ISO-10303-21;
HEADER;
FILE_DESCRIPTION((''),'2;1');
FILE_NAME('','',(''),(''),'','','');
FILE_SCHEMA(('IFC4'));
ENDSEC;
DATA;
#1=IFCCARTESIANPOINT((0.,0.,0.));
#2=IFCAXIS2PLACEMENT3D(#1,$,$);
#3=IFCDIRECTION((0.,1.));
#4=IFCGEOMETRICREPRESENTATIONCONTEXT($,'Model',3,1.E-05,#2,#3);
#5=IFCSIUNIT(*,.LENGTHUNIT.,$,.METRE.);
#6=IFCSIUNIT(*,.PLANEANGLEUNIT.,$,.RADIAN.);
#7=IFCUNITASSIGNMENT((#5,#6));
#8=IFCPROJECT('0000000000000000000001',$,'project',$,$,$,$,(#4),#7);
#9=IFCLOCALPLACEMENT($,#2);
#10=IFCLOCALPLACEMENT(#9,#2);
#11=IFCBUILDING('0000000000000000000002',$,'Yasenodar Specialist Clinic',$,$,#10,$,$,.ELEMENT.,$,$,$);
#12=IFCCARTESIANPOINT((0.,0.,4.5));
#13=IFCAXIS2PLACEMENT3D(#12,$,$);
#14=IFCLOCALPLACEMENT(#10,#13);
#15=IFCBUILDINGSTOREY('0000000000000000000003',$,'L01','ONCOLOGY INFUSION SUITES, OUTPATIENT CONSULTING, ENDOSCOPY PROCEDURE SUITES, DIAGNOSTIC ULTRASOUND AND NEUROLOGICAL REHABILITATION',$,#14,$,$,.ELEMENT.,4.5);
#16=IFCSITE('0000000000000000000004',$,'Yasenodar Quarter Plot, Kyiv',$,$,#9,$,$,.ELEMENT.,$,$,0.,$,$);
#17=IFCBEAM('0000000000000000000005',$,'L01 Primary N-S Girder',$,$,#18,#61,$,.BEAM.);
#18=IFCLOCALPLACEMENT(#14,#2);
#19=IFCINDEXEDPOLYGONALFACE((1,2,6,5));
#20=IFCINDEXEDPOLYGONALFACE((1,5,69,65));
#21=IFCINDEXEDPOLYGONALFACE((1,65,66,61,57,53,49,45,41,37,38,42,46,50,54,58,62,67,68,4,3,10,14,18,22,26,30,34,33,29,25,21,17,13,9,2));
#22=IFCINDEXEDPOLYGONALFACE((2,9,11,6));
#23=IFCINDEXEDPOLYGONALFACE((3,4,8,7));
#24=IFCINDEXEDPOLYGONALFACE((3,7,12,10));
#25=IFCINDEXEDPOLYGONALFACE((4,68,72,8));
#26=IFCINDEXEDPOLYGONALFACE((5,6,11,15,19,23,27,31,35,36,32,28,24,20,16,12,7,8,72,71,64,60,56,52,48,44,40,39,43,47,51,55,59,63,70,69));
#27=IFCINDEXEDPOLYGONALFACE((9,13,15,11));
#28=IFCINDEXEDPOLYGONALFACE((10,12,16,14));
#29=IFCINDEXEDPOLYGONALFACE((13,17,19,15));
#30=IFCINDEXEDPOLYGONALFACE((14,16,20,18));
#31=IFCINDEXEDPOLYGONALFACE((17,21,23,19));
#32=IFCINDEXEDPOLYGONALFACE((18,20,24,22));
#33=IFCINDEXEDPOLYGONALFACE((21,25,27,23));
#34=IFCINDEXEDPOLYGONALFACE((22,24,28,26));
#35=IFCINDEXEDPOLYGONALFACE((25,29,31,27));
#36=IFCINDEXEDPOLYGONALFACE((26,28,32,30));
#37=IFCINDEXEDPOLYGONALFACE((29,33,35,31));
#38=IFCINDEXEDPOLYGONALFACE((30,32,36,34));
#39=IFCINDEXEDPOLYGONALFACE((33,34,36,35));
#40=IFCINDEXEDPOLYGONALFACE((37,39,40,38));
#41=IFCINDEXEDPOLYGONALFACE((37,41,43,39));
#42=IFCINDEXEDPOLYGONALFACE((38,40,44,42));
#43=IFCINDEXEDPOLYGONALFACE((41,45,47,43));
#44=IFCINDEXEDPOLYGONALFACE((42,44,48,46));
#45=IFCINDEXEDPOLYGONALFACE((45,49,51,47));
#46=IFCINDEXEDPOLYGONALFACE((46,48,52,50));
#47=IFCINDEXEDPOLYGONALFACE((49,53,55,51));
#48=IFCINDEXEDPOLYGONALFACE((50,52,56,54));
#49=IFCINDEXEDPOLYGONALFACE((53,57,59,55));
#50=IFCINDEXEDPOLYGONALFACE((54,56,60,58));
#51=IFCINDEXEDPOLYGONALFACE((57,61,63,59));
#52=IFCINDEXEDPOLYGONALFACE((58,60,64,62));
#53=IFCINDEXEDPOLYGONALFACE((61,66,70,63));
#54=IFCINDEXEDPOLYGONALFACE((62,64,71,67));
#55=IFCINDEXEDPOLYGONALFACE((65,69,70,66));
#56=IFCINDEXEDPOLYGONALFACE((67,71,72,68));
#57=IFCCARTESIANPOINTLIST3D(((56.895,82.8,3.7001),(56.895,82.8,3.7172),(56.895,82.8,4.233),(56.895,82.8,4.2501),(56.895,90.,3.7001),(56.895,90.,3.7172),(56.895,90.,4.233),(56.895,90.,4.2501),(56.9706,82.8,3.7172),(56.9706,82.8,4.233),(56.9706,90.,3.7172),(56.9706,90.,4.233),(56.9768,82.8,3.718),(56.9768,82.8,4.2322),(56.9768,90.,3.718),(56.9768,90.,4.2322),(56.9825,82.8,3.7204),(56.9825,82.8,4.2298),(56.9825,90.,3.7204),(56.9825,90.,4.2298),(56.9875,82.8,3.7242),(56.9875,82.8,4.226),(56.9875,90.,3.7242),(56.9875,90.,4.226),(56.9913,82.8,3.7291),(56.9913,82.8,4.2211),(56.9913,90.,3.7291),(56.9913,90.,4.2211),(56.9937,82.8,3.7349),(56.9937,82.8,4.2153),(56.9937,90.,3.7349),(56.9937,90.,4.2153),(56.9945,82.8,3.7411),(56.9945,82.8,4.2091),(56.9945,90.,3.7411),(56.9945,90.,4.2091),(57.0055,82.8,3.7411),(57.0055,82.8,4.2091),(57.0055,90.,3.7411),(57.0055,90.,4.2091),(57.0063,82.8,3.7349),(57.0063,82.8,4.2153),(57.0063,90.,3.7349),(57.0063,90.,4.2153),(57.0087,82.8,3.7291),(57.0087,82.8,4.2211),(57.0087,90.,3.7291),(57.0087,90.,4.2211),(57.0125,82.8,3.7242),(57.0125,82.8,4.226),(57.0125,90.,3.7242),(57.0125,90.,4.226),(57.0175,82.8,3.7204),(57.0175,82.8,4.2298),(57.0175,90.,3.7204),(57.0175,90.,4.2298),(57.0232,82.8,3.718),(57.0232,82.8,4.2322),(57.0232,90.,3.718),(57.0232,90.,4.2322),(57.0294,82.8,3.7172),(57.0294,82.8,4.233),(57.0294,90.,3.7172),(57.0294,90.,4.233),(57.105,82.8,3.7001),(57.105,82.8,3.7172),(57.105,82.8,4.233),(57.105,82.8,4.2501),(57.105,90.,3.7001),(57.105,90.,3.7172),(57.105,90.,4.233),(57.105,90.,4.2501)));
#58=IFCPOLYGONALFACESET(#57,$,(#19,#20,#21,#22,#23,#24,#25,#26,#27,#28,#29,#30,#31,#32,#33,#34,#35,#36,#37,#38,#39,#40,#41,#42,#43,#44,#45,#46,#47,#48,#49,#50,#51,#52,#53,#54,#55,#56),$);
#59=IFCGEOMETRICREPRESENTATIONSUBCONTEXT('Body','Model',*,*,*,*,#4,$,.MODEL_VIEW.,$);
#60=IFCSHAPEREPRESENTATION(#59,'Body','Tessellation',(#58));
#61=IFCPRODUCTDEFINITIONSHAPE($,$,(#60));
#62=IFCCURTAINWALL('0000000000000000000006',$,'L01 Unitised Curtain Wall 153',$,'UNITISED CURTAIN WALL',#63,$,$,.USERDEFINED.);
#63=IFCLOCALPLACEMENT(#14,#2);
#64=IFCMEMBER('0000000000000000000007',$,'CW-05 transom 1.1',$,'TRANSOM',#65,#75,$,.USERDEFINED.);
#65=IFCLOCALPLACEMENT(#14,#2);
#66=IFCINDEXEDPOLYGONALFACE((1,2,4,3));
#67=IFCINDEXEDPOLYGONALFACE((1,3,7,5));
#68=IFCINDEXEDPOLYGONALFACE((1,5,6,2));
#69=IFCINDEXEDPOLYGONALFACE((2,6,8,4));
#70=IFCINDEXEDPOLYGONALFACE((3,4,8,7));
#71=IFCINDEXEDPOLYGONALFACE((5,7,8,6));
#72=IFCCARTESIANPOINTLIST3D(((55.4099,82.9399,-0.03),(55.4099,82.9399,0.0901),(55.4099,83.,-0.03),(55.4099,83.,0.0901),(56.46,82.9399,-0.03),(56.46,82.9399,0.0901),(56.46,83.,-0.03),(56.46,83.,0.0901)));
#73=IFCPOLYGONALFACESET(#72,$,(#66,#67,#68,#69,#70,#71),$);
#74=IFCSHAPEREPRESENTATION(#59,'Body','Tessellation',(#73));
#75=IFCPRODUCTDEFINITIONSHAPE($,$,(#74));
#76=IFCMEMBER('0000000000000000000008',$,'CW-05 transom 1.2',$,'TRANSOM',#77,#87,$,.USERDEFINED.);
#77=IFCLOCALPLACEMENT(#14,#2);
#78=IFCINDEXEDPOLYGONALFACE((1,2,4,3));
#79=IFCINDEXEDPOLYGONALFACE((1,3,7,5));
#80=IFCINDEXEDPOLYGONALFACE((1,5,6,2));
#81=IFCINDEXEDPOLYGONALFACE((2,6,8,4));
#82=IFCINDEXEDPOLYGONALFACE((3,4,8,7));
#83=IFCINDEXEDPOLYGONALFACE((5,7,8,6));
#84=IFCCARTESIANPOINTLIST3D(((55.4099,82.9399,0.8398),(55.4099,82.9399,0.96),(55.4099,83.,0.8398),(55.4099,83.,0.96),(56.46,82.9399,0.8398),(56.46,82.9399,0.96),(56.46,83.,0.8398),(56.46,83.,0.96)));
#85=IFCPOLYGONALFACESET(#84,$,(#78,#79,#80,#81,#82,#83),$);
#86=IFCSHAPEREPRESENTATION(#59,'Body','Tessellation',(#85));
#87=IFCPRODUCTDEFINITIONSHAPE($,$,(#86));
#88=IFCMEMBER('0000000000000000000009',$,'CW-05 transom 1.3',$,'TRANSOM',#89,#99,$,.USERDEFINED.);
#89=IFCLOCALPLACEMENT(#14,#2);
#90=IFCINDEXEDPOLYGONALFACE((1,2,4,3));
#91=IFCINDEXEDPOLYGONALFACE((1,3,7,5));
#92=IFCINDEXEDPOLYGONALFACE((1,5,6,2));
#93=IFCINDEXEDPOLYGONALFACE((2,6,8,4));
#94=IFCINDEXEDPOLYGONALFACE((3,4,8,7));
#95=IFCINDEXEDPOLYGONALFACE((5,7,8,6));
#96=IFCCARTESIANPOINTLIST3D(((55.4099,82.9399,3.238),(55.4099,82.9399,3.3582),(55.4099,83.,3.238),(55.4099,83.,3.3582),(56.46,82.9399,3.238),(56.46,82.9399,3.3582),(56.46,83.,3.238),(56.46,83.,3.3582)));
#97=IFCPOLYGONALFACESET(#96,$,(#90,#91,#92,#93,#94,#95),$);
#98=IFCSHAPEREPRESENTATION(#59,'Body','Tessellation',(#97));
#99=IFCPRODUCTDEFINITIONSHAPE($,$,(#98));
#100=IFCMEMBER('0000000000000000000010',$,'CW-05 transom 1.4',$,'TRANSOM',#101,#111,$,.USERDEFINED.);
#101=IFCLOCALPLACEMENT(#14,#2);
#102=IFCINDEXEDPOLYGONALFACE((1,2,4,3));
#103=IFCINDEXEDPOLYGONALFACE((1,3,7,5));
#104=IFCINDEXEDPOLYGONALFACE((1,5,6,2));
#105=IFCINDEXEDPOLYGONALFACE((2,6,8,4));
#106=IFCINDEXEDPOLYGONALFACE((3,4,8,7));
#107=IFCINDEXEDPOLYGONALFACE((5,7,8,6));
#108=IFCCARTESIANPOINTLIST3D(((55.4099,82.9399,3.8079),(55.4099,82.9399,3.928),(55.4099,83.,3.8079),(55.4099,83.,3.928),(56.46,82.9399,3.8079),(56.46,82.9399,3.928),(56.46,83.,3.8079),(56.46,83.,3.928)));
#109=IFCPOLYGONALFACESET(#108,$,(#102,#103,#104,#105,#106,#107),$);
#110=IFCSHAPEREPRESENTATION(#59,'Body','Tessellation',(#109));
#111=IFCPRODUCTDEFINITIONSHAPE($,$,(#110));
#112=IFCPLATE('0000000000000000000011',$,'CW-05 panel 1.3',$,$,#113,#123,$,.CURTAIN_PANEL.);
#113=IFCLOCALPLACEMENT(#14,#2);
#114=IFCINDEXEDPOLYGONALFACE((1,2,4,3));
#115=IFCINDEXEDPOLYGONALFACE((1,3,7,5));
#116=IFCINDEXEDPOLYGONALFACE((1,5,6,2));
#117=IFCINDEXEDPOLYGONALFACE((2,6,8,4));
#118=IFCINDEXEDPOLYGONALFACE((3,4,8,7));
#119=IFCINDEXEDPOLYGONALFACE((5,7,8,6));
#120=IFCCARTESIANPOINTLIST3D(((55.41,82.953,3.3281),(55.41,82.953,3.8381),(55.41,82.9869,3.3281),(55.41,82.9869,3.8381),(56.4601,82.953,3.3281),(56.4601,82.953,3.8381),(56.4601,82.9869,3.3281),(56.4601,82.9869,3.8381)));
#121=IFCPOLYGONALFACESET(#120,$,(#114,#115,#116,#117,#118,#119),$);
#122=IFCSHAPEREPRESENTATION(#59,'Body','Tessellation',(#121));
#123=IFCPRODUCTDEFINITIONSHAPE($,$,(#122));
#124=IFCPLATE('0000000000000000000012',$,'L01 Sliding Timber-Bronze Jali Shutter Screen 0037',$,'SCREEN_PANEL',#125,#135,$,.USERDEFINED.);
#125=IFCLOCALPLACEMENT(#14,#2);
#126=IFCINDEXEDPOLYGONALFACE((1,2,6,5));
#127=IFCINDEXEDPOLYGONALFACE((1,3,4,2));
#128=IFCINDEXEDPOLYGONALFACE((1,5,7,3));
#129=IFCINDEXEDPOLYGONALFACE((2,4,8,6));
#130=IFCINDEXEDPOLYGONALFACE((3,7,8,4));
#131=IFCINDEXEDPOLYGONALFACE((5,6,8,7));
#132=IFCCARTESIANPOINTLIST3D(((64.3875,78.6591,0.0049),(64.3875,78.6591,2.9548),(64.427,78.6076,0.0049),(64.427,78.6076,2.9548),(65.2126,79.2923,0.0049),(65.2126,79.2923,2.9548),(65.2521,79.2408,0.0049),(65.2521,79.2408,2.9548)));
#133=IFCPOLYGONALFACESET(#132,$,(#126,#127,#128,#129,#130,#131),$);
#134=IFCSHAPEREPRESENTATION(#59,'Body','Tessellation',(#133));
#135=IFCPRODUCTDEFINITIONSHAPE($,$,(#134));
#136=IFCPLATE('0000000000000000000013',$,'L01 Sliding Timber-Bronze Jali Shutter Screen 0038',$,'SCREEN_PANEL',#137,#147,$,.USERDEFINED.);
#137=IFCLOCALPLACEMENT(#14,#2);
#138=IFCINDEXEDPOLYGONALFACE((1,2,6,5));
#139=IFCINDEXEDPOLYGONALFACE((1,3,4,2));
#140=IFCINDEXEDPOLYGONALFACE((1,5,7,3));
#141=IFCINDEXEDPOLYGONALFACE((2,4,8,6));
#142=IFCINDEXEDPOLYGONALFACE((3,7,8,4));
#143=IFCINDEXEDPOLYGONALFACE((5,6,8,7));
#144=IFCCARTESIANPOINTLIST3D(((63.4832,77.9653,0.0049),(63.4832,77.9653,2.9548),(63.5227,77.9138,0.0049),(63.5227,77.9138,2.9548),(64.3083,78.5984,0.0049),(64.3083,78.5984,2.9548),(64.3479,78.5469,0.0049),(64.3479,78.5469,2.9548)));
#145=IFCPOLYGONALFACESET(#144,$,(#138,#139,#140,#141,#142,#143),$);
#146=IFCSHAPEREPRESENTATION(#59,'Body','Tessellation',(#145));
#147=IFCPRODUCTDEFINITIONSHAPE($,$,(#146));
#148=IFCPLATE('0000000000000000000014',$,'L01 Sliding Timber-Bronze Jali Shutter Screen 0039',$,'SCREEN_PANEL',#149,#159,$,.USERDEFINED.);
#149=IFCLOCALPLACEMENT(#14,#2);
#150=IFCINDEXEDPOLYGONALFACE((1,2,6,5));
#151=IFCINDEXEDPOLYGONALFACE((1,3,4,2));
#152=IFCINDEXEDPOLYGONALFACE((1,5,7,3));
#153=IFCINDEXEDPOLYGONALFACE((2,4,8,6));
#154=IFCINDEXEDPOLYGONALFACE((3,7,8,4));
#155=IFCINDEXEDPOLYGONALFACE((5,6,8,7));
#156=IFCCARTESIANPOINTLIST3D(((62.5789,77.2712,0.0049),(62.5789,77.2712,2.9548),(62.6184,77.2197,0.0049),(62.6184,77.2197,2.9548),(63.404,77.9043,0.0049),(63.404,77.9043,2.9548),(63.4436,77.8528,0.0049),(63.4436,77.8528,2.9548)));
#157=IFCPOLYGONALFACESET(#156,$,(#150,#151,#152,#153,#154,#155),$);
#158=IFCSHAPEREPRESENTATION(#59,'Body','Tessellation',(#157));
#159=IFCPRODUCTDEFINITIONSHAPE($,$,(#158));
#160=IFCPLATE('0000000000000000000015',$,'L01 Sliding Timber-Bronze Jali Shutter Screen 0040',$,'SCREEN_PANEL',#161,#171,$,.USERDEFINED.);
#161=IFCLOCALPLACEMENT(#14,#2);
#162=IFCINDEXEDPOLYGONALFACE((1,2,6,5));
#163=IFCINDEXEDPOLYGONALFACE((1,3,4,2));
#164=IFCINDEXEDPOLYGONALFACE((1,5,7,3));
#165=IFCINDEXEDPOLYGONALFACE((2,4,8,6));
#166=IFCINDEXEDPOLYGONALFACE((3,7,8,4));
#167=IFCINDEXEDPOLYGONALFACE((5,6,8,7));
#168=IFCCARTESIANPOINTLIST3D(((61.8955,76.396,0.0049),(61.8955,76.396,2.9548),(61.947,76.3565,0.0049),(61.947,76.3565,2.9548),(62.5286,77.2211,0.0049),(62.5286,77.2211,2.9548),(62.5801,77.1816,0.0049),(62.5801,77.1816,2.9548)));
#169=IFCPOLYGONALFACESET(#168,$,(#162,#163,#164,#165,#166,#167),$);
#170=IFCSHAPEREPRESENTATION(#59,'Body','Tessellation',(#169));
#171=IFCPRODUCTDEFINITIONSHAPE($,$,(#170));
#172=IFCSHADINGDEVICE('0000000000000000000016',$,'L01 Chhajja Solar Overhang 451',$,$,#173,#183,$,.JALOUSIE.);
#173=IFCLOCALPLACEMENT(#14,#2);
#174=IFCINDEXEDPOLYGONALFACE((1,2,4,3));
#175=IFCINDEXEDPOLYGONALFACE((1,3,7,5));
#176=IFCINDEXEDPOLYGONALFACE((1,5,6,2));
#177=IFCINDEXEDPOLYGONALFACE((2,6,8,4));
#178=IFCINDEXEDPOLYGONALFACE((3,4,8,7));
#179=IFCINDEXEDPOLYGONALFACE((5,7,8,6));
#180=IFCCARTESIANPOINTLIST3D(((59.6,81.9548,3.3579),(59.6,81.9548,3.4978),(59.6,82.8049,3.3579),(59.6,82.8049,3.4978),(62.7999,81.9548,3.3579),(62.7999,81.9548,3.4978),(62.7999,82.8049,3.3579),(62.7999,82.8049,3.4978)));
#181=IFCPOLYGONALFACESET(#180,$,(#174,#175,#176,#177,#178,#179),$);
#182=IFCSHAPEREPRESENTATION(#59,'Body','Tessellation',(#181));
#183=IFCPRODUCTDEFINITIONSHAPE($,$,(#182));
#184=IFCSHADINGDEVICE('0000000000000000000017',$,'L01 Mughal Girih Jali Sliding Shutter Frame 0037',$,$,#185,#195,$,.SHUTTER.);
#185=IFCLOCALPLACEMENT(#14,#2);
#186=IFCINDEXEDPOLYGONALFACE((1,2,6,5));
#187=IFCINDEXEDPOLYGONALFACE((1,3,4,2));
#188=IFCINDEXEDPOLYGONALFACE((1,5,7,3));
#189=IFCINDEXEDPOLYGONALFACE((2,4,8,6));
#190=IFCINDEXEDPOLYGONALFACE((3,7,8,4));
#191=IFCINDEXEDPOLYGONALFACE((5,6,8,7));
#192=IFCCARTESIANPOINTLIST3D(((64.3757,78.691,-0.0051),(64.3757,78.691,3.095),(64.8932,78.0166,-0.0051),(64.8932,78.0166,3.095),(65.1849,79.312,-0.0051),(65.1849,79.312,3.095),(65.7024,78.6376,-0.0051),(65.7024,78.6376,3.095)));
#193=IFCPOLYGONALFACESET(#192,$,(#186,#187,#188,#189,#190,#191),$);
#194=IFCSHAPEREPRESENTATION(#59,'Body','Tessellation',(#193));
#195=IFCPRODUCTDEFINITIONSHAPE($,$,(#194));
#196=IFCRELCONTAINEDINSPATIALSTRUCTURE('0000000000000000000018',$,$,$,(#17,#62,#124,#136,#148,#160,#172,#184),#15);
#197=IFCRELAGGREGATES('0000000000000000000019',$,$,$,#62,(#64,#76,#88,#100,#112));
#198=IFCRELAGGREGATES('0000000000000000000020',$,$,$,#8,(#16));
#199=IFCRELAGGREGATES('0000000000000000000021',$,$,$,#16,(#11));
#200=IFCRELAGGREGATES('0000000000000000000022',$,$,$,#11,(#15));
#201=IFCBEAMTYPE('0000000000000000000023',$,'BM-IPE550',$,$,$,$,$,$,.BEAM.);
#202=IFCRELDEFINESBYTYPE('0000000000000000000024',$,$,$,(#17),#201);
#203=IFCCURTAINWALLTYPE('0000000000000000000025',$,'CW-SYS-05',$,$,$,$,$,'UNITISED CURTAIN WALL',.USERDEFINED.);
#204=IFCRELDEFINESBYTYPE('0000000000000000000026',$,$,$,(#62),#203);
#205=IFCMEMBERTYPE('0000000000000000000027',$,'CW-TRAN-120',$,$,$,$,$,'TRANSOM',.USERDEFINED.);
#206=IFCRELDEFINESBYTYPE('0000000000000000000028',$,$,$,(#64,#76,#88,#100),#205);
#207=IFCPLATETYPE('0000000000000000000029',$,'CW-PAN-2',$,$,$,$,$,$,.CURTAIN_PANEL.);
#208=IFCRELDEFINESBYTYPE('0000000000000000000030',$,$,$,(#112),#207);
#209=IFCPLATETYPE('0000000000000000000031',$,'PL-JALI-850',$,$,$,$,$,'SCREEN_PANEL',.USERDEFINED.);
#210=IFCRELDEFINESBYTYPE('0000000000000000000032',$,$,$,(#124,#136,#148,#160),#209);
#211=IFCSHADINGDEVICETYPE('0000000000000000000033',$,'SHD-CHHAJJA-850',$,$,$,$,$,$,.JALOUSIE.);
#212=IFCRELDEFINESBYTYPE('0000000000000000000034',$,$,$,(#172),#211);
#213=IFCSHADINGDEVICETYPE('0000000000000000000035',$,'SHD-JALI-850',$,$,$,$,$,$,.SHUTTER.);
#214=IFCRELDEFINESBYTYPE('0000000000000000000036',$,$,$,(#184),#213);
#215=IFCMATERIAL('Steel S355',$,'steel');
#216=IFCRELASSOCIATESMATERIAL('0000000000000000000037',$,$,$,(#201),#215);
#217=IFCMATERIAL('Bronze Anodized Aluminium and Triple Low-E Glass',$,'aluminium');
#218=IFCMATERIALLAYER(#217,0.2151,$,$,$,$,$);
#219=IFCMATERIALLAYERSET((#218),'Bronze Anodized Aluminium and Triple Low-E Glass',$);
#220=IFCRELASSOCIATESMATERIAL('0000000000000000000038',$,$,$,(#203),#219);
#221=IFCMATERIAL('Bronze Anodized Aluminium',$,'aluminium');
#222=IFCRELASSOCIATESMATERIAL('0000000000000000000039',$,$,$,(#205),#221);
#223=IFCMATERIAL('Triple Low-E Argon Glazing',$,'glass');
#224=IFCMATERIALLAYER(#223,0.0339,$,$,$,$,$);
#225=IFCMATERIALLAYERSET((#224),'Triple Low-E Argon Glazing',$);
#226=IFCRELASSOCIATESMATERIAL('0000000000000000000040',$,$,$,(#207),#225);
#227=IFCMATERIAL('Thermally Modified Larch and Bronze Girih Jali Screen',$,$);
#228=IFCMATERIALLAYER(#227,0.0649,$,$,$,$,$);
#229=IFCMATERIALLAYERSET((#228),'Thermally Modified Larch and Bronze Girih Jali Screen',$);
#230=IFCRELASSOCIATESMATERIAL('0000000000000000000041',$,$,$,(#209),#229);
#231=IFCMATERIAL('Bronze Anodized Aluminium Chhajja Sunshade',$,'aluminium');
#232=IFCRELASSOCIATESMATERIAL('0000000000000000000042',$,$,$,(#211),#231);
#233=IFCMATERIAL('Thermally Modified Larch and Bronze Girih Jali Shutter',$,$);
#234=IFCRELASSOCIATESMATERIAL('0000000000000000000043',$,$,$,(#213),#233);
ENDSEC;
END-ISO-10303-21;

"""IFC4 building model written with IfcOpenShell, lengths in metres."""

from ifc_helpers import new_model, si_unit, direction, frame, origin, origin_2d, place, context, subcontext, project, spatial, rectangle, i_section, extrude, material, layer, layer_set, material_profile, profile_set, type_object, element, aggregate, save


model = new_model("IFC4")

# Units and contexts
model_context = context("Model", 3, precision=1e-05, world=origin(), true_north=direction((0.0, 1.0)))
body_context = subcontext(model_context, "Body", "Model", "MODEL_VIEW")
ifc_project = project(units=[si_unit("LENGTHUNIT", "METRE"), si_unit("PLANEANGLEUNIT", "RADIAN")], contexts=[model_context])

# Site, building, storey
site_placement = place(None, origin())
site = spatial("IfcSite", under=ifc_project, at=site_placement, Name="Yasenodar Quarter Plot, Kyiv", CompositionType="ELEMENT", RefElevation=0.0)
building_placement = place(site_placement, origin())
building = spatial("IfcBuilding", under=site, at=building_placement, Name="Yasenodar Specialist Clinic", CompositionType="ELEMENT")
storey_placement = place(building_placement, frame((0.0, 0.0, 4.5)))
storey = spatial("IfcBuildingStorey", under=building, at=storey_placement, Name="L01", Description="ONCOLOGY INFUSION SUITES, OUTPATIENT CONSULTING, ENDOSCOPY PROCEDURE SUITES, DIAGNOSTIC ULTRASOUND AND NEUROLOGICAL REHABILITATION", CompositionType="ELEMENT", Elevation=4.5)

# Shared definitions
ifc_material_1 = material(Name="Steel S355", Category="steel")

# Beam
ifc_material_profile_1 = material_profile(ifc_material_1, i_section(OverallWidth=0.21, OverallDepth=0.55, WebThickness=0.011, FlangeThickness=0.0171, FilletRadius=0.0239, at=origin_2d()), Name="IPE 550")
ifc_profile_set_1 = profile_set([ifc_material_profile_1], Name="Steel S355")
beam_type_1 = type_object("IfcBeamType", Name="BM-IPE550", PredefinedType="BEAM", material=ifc_profile_set_1)
beam_1_placement = place(storey_placement, frame((57.0, 82.8, 3.9751), z_axis=(0.0, 1.0, 0.0), x_axis=(-1.0, 0.0, 0.0)))
element("IfcBeam", 1, at=beam_1_placement, inside=storey, type_object=beam_type_1, Name="L01 Primary N-S Girder", PredefinedType="BEAM", context=body_context, shape_type="SweptSolid", body=[
    extrude(i_section(OverallWidth=0.21, OverallDepth=0.55, WebThickness=0.011, FlangeThickness=0.0171, FilletRadius=0.0239, at=origin_2d()), origin(), (0.0, 0.0, 1.0), 7.2),
])

# Curtain wall, members, plate
ifc_material_2 = material(Name="Bronze Anodized Aluminium and Triple Low-E Glass", Category="aluminium")
ifc_layer_1 = layer(ifc_material_2, 0.2151)
ifc_layer_set_1 = layer_set([ifc_layer_1], Name="Bronze Anodized Aluminium and Triple Low-E Glass")
curtain_wall_type = type_object("IfcCurtainWallType", Name="CW-SYS-05", ElementType="UNITISED CURTAIN WALL", PredefinedType="USERDEFINED", material=ifc_layer_set_1)
curtain_wall_placement = place(storey_placement, origin())
curtain_wall = element("IfcCurtainWall", 2, at=curtain_wall_placement, inside=storey, type_object=curtain_wall_type, Name="L01 Unitised Curtain Wall 153", ObjectType="UNITISED CURTAIN WALL", PredefinedType="USERDEFINED")
ifc_material_3 = material(Name="Bronze Anodized Aluminium", Category="aluminium")
ifc_material_profile_2 = material_profile(ifc_material_3, rectangle(XDim=0.0601, YDim=0.1201, at=origin_2d()), Name="CW-TRAN 60x120")
ifc_profile_set_2 = profile_set([ifc_material_profile_2], Name="Bronze Anodized Aluminium")
member_type = type_object("IfcMemberType", Name="CW-TRAN-120", ElementType="TRANSOM", PredefinedType="USERDEFINED", material=ifc_profile_set_2)
member_1_placement = place(storey_placement, frame((56.46, 82.97, 0.03), z_axis=(-1.0, 0.0, 0.0), x_axis=(0.0, -1.0, 0.0)))
member_1 = element("IfcMember", 3, at=member_1_placement, type_object=member_type, Name="CW-05 transom 1.1", ObjectType="TRANSOM", PredefinedType="USERDEFINED", context=body_context, shape_type="SweptSolid", body=[
    extrude(rectangle(XDim=0.0601, YDim=0.1201, at=origin_2d()), origin(), (0.0, 0.0, 1.0), 1.05),
])
member_2_placement = place(storey_placement, frame((56.46, 82.97, 0.8999), z_axis=(-1.0, 0.0, 0.0), x_axis=(0.0, -1.0, 0.0)))
member_2 = element("IfcMember", 4, at=member_2_placement, type_object=member_type, Name="CW-05 transom 1.2", ObjectType="TRANSOM", PredefinedType="USERDEFINED", context=body_context, shape_type="SweptSolid", body=[
    extrude(rectangle(XDim=0.0601, YDim=0.1201, at=origin_2d()), origin(), (0.0, 0.0, 1.0), 1.05),
])
member_3_placement = place(storey_placement, frame((56.46, 82.97, 3.2981), z_axis=(-1.0, 0.0, 0.0), x_axis=(0.0, -1.0, 0.0)))
member_3 = element("IfcMember", 5, at=member_3_placement, type_object=member_type, Name="CW-05 transom 1.3", ObjectType="TRANSOM", PredefinedType="USERDEFINED", context=body_context, shape_type="SweptSolid", body=[
    extrude(rectangle(XDim=0.0601, YDim=0.1201, at=origin_2d()), origin(), (0.0, 0.0, 1.0), 1.05),
])
member_4_placement = place(storey_placement, frame((56.46, 82.97, 3.8679), z_axis=(-1.0, 0.0, 0.0), x_axis=(0.0, -1.0, 0.0)))
member_4 = element("IfcMember", 6, at=member_4_placement, type_object=member_type, Name="CW-05 transom 1.4", ObjectType="TRANSOM", PredefinedType="USERDEFINED", context=body_context, shape_type="SweptSolid", body=[
    extrude(rectangle(XDim=0.0601, YDim=0.1201, at=origin_2d()), origin(), (0.0, 0.0, 1.0), 1.05),
])
ifc_material_4 = material(Name="Triple Low-E Argon Glazing", Category="glass")
ifc_layer_2 = layer(ifc_material_4, 0.0339)
ifc_layer_set_2 = layer_set([ifc_layer_2], Name="Triple Low-E Argon Glazing")
plate_type_1 = type_object("IfcPlateType", Name="CW-PAN-2", PredefinedType="CURTAIN_PANEL", material=ifc_layer_set_2)
plate_placement = place(storey_placement, frame((55.9351, 82.97, 3.3281), z_axis=(0.0, 0.0, 1.0), x_axis=(-1.0, 0.0, 0.0)))
plate = element("IfcPlate", 7, at=plate_placement, type_object=plate_type_1, Name="CW-05 panel 1.3", PredefinedType="CURTAIN_PANEL", context=body_context, shape_type="SweptSolid", body=[
    extrude(rectangle(XDim=1.05, YDim=0.0339, at=origin_2d()), origin(), (0.0, 0.0, 1.0), 0.51),
])
aggregate(curtain_wall, [member_1, member_2, member_3, member_4, plate])

# Plates
ifc_material_5 = material(Name="Thermally Modified Larch and Bronze Girih Jali Screen")
ifc_layer_3 = layer(ifc_material_5, 0.0649)
ifc_layer_set_3 = layer_set([ifc_layer_3], Name="Thermally Modified Larch and Bronze Girih Jali Screen")
plate_type_2 = type_object("IfcPlateType", Name="PL-JALI-850", ElementType="SCREEN_PANEL", PredefinedType="USERDEFINED", material=ifc_layer_set_3)
for number, where, z_axis, x_axis, name in (
    (8, (64.8198, 78.95, 0.0049), (0.0, 0.0, 1.0), (-0.793351, -0.608764, 0.0), "L01 Sliding Timber-Bronze Jali Shutter Screen 0037"),
    (9, (63.9155, 78.2561, 0.0049), (0.0, 0.0, 1.0), (-0.793351, -0.608764, 0.0), "L01 Sliding Timber-Bronze Jali Shutter Screen 0038"),
    (10, (63.0112, 77.562, 0.0049), (0.0, 0.0, 1.0), (-0.793351, -0.608764, 0.0), "L01 Sliding Timber-Bronze Jali Shutter Screen 0039"),
    (11, (62.2378, 76.7888, 0.0049), (0.0, 0.0, 1.0), (-0.608764, -0.793351, 0.0), "L01 Sliding Timber-Bronze Jali Shutter Screen 0040"),
):
    element("IfcPlate", number, at=place(storey_placement, frame(where, z_axis=z_axis, x_axis=x_axis)), inside=storey, type_object=plate_type_2, Name=name, ObjectType="SCREEN_PANEL", PredefinedType="USERDEFINED", context=body_context, shape_type="SweptSolid", body=[
        extrude(rectangle(XDim=1.04, YDim=0.0649, at=origin_2d()), origin(), (0.0, 0.0, 1.0), 2.95),
    ])

# Shading devices
ifc_material_6 = material(Name="Bronze Anodized Aluminium Chhajja Sunshade", Category="aluminium")
shading_device_type_1 = type_object("IfcShadingDeviceType", Name="SHD-CHHAJJA-850", PredefinedType="JALOUSIE", material=ifc_material_6)
shading_device_placement = place(storey_placement, frame((61.2, 82.3799, 3.3579), z_axis=(0.0, 0.0, 1.0), x_axis=(-1.0, 0.0, 0.0)))
element("IfcShadingDevice", 12, at=shading_device_placement, inside=storey, type_object=shading_device_type_1, Name="L01 Chhajja Solar Overhang 451", PredefinedType="JALOUSIE", context=body_context, shape_type="SweptSolid", body=[
    extrude(rectangle(XDim=3.2, YDim=0.8501, at=origin_2d()), origin(), (0.0, 0.0, 1.0), 0.1399),
])
ifc_material_7 = material(Name="Thermally Modified Larch and Bronze Girih Jali Shutter")
shading_device_type_2 = type_object("IfcShadingDeviceType", Name="SHD-JALI-850", PredefinedType="SHUTTER", material=ifc_material_7)
for number, where, z_axis, x_axis, name in (
    (13, (65.0391, 78.6643, -0.0051), (0.0, 0.0, 1.0), (-0.793351, -0.608764, 0.0), "L01 Mughal Girih Jali Sliding Shutter Frame 0037"),
):
    element("IfcShadingDevice", number, at=place(storey_placement, frame(where, z_axis=z_axis, x_axis=x_axis)), inside=storey, type_object=shading_device_type_2, Name=name, PredefinedType="SHUTTER", context=body_context, shape_type="SweptSolid", body=[
        extrude(rectangle(XDim=1.02, YDim=0.8501, at=origin_2d()), origin(), (0.0, 0.0, 1.0), 3.1001),
    ])

save(model, "model.ifc")
